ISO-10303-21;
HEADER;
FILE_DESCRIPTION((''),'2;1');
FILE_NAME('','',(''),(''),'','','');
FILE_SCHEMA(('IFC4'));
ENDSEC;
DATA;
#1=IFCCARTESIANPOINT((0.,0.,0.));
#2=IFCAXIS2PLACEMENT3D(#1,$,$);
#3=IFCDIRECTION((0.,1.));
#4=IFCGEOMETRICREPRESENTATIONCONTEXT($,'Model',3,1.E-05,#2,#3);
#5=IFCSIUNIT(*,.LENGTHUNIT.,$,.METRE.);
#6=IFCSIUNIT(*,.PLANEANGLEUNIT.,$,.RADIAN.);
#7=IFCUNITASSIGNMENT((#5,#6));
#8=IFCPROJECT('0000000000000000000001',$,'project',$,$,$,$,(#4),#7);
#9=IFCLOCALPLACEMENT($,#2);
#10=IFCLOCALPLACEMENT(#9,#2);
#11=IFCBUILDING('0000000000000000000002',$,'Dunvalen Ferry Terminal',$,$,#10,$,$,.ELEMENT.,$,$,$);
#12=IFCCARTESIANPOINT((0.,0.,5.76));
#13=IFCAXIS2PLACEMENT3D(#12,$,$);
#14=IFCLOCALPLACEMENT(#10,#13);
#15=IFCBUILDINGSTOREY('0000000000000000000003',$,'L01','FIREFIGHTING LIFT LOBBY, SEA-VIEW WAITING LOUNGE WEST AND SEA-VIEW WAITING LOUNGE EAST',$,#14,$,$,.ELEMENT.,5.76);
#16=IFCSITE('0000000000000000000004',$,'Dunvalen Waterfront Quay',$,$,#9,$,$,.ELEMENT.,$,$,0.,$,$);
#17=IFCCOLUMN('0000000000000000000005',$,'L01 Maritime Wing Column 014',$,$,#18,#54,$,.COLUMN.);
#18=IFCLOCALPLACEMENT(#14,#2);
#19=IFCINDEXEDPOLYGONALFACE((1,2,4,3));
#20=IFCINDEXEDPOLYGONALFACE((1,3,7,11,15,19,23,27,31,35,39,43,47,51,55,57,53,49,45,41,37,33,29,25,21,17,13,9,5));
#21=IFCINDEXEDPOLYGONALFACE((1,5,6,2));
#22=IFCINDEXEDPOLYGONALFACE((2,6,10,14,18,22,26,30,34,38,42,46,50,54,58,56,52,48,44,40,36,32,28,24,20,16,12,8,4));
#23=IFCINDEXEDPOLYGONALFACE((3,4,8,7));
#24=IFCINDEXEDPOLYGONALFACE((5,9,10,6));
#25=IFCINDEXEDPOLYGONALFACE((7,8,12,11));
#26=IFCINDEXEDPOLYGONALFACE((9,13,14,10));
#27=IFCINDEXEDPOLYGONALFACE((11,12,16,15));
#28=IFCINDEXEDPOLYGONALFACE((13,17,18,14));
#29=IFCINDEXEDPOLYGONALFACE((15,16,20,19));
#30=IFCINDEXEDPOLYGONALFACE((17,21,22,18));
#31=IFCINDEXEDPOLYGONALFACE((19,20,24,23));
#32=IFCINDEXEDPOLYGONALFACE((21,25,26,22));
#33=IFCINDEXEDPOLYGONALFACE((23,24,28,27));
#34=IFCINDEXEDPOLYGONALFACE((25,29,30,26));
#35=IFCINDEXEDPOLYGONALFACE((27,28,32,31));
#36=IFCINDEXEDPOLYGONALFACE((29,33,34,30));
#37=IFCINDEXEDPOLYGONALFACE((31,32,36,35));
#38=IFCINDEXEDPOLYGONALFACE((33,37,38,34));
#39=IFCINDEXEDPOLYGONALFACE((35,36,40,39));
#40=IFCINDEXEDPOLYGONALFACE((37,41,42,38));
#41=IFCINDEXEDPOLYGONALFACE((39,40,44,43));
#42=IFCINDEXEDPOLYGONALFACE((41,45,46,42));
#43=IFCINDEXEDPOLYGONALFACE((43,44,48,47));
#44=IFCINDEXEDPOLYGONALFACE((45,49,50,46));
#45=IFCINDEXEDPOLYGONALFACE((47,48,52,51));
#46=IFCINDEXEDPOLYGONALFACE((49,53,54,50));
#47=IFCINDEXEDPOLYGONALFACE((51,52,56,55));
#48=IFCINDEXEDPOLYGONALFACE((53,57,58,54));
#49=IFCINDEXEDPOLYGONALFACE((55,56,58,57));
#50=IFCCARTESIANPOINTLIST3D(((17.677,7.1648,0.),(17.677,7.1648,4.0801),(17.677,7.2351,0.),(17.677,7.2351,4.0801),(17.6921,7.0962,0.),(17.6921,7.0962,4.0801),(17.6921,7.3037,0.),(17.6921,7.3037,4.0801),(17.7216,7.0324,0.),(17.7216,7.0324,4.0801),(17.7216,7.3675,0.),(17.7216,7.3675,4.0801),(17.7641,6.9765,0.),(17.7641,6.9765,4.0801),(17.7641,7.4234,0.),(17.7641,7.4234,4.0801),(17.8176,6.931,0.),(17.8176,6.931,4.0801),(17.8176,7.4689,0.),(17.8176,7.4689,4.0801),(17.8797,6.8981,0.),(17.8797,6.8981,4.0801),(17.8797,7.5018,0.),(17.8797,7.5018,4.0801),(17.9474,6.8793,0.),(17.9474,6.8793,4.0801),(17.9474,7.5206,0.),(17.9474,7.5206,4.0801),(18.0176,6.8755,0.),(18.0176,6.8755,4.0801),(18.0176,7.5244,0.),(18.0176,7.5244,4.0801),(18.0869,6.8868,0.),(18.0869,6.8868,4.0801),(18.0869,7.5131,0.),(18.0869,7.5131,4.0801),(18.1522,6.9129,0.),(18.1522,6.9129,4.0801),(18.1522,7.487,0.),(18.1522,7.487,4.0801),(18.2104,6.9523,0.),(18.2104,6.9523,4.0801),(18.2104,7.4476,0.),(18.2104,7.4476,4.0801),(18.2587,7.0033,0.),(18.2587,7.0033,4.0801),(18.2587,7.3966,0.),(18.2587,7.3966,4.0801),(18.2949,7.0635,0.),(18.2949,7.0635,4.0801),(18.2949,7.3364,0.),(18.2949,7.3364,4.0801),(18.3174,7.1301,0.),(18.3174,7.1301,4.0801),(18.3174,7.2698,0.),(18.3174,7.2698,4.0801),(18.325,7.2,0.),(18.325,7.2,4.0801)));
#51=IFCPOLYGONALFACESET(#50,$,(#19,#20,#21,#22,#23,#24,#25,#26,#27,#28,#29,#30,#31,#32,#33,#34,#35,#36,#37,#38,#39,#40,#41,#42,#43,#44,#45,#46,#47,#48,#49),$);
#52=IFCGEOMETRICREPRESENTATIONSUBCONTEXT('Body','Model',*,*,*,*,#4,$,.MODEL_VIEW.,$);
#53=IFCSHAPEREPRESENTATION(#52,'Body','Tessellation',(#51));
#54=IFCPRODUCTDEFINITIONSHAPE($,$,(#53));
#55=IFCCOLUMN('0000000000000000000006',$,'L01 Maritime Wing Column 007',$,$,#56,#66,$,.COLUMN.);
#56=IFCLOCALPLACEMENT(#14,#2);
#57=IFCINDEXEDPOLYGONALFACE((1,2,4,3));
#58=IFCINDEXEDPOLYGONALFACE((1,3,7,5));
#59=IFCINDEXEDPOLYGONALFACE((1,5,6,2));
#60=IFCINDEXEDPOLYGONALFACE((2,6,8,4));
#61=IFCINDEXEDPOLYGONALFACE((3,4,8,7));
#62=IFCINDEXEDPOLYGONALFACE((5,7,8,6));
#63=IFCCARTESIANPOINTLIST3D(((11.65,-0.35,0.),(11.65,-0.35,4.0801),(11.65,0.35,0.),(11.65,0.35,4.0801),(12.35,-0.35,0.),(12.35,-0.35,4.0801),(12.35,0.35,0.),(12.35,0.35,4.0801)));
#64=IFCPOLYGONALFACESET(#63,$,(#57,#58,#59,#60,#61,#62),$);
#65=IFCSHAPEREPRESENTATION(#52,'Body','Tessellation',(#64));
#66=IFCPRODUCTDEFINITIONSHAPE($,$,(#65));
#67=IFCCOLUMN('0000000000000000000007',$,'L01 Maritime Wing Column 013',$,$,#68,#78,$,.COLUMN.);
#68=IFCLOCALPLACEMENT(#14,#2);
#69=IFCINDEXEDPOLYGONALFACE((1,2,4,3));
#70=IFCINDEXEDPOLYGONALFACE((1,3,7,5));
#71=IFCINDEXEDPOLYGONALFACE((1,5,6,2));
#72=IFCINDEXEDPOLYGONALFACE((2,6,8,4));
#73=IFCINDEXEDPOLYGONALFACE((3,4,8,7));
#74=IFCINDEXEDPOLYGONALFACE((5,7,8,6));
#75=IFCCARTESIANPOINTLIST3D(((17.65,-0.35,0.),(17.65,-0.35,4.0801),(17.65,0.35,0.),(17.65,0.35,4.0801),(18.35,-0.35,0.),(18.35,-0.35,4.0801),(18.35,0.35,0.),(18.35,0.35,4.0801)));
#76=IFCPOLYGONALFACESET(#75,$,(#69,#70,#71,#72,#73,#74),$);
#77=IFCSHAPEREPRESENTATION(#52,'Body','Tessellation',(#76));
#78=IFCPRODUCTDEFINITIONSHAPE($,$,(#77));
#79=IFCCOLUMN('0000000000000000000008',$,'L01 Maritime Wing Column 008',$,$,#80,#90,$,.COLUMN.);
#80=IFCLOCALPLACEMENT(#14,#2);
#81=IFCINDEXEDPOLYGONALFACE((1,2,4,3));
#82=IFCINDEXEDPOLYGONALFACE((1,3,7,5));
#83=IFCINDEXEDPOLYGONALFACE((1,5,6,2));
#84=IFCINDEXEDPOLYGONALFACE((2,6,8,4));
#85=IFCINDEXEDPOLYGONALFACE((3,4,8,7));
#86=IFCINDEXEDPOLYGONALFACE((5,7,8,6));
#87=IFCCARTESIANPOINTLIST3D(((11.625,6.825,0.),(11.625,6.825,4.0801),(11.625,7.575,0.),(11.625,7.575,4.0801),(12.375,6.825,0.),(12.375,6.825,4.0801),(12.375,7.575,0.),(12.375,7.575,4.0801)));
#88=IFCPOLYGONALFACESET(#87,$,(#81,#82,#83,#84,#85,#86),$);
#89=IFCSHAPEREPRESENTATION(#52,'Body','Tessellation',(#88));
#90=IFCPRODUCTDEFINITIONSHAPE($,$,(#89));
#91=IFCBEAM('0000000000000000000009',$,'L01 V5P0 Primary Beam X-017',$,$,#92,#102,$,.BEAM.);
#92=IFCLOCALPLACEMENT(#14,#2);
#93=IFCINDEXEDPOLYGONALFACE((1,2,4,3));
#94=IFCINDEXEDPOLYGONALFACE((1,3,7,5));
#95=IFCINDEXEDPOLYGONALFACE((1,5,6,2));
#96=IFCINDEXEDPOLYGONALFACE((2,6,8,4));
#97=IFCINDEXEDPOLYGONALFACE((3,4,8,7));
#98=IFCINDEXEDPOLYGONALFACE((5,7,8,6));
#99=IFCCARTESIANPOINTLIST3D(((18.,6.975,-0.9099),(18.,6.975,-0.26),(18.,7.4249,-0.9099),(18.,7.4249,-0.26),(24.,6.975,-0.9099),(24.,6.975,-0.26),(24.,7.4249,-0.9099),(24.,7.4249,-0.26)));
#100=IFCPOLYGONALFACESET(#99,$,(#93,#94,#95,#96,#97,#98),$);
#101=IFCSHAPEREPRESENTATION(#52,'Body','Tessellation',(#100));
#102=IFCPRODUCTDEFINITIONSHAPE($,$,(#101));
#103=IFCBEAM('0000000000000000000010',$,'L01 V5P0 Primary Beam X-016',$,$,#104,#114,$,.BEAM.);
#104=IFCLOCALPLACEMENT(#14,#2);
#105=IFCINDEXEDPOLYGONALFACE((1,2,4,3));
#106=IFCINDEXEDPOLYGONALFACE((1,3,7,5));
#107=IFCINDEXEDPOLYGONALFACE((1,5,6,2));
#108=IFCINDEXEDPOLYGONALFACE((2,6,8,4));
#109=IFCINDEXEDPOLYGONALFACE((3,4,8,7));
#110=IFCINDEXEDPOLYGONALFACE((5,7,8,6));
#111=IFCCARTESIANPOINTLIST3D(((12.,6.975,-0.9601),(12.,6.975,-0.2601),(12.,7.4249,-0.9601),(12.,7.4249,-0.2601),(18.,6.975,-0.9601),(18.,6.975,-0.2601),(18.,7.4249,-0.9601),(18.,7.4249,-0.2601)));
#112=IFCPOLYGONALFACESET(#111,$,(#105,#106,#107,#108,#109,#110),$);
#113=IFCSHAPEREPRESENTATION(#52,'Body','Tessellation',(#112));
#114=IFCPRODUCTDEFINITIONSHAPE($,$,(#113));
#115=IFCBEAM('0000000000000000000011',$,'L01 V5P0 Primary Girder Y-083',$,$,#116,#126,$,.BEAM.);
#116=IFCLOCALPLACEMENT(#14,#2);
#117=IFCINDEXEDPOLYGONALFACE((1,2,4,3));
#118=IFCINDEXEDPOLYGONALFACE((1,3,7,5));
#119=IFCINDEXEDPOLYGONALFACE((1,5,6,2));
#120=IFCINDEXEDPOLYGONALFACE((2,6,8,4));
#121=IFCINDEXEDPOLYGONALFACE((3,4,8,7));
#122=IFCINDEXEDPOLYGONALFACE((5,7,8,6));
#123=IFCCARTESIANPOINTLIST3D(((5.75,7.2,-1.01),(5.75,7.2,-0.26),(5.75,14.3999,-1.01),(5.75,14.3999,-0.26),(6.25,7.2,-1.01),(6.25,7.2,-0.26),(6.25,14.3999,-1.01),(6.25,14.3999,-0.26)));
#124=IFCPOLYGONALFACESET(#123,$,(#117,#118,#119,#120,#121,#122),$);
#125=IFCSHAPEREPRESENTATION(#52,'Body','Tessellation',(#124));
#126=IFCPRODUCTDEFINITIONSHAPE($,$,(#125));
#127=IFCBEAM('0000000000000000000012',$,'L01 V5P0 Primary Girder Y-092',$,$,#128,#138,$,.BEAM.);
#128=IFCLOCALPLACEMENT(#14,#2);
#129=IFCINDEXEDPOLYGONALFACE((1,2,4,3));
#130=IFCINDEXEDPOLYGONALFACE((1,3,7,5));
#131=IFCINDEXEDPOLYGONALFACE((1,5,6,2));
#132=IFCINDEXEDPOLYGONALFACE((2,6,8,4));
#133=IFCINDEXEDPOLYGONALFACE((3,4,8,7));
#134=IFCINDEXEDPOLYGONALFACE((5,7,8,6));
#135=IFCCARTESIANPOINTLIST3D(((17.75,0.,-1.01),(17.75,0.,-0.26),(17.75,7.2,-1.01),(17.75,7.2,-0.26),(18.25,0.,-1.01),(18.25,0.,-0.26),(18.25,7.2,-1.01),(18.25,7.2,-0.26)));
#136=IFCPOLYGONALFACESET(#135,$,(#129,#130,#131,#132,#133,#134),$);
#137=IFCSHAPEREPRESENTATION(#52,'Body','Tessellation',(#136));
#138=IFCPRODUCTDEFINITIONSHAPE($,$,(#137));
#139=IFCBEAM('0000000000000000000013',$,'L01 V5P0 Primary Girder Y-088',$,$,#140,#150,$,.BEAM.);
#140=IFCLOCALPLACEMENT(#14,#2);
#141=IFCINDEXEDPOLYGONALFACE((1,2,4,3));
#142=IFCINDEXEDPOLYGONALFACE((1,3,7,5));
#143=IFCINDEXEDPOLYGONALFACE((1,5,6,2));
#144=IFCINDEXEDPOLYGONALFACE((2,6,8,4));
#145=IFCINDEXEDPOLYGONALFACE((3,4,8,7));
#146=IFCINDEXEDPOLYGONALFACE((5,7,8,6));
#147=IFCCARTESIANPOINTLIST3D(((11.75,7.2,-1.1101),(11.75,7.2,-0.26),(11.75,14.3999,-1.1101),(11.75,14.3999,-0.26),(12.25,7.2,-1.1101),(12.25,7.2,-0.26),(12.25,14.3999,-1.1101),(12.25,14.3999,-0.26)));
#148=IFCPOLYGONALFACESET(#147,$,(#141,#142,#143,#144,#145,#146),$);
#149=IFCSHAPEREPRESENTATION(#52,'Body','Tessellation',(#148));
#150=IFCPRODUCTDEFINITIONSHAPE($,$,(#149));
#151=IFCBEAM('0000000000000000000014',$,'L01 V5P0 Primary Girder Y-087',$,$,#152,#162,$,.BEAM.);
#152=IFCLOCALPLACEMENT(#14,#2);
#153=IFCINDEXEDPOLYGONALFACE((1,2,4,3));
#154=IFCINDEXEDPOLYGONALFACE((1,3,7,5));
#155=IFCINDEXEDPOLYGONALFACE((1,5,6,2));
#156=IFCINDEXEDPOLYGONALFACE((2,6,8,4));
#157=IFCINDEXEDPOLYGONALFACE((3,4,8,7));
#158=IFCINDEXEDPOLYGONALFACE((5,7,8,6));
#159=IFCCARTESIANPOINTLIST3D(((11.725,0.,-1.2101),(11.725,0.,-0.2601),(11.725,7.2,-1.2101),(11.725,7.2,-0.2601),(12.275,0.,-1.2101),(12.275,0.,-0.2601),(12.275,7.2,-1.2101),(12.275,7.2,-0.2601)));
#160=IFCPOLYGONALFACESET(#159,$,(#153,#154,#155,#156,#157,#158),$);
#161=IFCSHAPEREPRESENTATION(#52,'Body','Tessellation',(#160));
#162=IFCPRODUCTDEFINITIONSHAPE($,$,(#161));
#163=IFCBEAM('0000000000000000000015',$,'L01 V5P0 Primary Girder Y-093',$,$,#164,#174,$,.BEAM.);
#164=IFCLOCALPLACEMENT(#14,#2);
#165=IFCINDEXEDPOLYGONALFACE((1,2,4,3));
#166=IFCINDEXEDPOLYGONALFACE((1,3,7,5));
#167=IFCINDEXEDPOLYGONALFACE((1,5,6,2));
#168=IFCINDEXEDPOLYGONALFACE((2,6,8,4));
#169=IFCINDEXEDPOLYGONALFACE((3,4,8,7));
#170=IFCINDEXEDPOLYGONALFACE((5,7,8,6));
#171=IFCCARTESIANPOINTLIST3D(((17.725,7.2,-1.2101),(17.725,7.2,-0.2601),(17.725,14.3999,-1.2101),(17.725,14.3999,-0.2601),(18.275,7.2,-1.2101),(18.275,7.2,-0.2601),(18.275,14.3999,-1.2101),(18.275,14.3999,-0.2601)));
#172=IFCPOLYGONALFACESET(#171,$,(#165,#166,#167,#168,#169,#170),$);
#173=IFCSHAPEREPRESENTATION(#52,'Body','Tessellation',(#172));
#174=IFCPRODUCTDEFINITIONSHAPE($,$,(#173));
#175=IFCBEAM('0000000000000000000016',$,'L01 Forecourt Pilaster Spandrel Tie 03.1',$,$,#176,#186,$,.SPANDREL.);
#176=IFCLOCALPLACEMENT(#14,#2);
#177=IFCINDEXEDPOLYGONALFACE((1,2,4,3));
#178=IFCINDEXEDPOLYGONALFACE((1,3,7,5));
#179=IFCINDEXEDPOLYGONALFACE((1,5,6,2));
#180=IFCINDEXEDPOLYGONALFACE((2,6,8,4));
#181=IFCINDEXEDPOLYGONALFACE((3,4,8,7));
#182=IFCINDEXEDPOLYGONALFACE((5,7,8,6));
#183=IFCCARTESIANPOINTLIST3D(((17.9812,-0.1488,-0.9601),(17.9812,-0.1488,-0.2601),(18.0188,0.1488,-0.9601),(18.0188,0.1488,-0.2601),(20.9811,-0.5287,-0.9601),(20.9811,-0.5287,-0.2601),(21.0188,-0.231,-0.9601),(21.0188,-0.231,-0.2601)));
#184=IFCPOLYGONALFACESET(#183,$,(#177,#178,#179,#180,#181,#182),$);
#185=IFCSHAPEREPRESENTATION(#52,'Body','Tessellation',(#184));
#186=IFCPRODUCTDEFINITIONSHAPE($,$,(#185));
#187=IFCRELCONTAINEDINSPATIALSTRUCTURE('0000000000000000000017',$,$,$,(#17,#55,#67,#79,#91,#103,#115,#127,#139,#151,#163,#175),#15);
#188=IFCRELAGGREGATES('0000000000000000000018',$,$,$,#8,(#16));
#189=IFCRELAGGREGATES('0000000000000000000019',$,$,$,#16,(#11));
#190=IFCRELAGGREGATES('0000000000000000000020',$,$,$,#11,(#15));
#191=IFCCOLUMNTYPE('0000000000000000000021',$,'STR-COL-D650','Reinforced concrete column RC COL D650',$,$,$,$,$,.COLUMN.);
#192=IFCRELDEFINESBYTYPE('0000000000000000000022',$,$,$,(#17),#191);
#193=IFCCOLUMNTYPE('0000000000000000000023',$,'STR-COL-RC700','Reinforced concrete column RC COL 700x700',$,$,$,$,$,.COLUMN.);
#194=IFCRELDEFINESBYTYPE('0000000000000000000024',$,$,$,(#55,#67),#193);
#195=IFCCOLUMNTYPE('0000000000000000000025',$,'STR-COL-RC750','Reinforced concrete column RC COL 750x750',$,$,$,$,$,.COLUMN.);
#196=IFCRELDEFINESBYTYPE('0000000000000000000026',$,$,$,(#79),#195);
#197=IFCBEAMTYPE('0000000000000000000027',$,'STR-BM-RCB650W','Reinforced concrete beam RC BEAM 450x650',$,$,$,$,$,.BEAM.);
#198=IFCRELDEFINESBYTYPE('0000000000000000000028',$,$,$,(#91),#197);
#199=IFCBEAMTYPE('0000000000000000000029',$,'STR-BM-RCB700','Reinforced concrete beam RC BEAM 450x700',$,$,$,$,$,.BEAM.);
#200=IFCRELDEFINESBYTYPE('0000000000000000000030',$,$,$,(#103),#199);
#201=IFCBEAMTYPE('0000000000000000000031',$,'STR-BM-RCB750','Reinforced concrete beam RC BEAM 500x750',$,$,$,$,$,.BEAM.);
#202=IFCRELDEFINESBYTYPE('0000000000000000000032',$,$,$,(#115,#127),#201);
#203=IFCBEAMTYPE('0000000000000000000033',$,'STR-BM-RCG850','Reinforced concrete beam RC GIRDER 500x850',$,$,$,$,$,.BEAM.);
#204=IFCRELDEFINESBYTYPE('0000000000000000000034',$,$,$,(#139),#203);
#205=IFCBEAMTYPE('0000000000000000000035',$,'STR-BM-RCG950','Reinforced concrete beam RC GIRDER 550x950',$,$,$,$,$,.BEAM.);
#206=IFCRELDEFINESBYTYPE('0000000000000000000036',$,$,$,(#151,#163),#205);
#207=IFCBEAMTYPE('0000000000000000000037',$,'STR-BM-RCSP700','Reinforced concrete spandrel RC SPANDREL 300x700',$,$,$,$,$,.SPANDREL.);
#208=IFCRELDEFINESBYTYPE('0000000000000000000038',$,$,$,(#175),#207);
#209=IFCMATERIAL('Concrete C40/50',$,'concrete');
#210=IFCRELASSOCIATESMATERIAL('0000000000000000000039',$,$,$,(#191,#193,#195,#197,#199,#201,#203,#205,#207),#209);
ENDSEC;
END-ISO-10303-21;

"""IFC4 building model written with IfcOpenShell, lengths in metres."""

from ifc_helpers import new_model, si_unit, direction, frame, origin, origin_2d, place, context, subcontext, project, spatial, rectangle, circle, extrude, material, material_profile, profile_set, type_object, element, save


model = new_model("IFC4")

# Units and contexts
model_context = context("Model", 3, precision=1e-05, world=origin(), true_north=direction((0.0, 1.0)))
body_context = subcontext(model_context, "Body", "Model", "MODEL_VIEW")
ifc_project = project(units=[si_unit("LENGTHUNIT", "METRE"), si_unit("PLANEANGLEUNIT", "RADIAN")], contexts=[model_context])

# Site, building, storey
site_placement = place(None, origin())
site = spatial("IfcSite", under=ifc_project, at=site_placement, Name="Dunvalen Waterfront Quay", CompositionType="ELEMENT", RefElevation=0.0)
building_placement = place(site_placement, origin())
building = spatial("IfcBuilding", under=site, at=building_placement, Name="Dunvalen Ferry Terminal", CompositionType="ELEMENT")
storey_placement = place(building_placement, frame((0.0, 0.0, 5.76)))
storey = spatial("IfcBuildingStorey", under=building, at=storey_placement, Name="L01", Description="FIREFIGHTING LIFT LOBBY, SEA-VIEW WAITING LOUNGE WEST AND SEA-VIEW WAITING LOUNGE EAST", CompositionType="ELEMENT", Elevation=5.76)

# Columns
ifc_material_1 = material(Name="Concrete C40/50", Category="concrete")
ifc_material_profile_1 = material_profile(ifc_material_1, circle(Radius=0.325, at=origin_2d()), Name="Concrete C40/50")
ifc_profile_set_1 = profile_set([ifc_material_profile_1], Name="Concrete C40/50")
column_type_1 = type_object("IfcColumnType", Name="STR-COL-D650", Description="Reinforced concrete column RC COL D650", PredefinedType="COLUMN", material=ifc_profile_set_1)
column_1_placement = place(storey_placement, frame((18.0, 7.2, 0.0), z_axis=(0.0, 0.0, 1.0), x_axis=(1.0, 0.0, 0.0)))
element("IfcColumn", 1, at=column_1_placement, inside=storey, type_object=column_type_1, Name="L01 Maritime Wing Column 014", PredefinedType="COLUMN", context=body_context, shape_type="SweptSolid", body=[
    extrude(circle(Radius=0.325, at=origin_2d()), origin(), (0.0, 0.0, 1.0), 4.0801),
])
ifc_material_profile_2 = material_profile(ifc_material_1, rectangle(XDim=0.7, YDim=0.7, at=origin_2d()), Name="Concrete C40/50")
ifc_profile_set_2 = profile_set([ifc_material_profile_2], Name="Concrete C40/50")
column_type_2 = type_object("IfcColumnType", Name="STR-COL-RC700", Description="Reinforced concrete column RC COL 700x700", PredefinedType="COLUMN", material=ifc_profile_set_2)
for number, where, z_axis, x_axis, name in (
    (2, (12.0, 0.0, 0.0), (0.0, 0.0, 1.0), (1.0, 0.0, 0.0), "L01 Maritime Wing Column 007"),
    (3, (18.0, 0.0, 0.0), (0.0, 0.0, 1.0), (1.0, 0.0, 0.0), "L01 Maritime Wing Column 013"),
):
    element("IfcColumn", number, at=place(storey_placement, frame(where, z_axis=z_axis, x_axis=x_axis)), inside=storey, type_object=column_type_2, Name=name, PredefinedType="COLUMN", context=body_context, shape_type="SweptSolid", body=[
        extrude(rectangle(XDim=0.7, YDim=0.7, at=origin_2d()), origin(), (0.0, 0.0, 1.0), 4.0801),
    ])
ifc_material_profile_3 = material_profile(ifc_material_1, rectangle(XDim=0.75, YDim=0.75, at=origin_2d()), Name="Concrete C40/50")
ifc_profile_set_3 = profile_set([ifc_material_profile_3], Name="Concrete C40/50")
column_type_3 = type_object("IfcColumnType", Name="STR-COL-RC750", Description="Reinforced concrete column RC COL 750x750", PredefinedType="COLUMN", material=ifc_profile_set_3)
column_2_placement = place(storey_placement, frame((12.0, 7.2, 0.0), z_axis=(0.0, 0.0, 1.0), x_axis=(1.0, 0.0, 0.0)))
element("IfcColumn", 4, at=column_2_placement, inside=storey, type_object=column_type_3, Name="L01 Maritime Wing Column 008", PredefinedType="COLUMN", context=body_context, shape_type="SweptSolid", body=[
    extrude(rectangle(XDim=0.75, YDim=0.75, at=origin_2d()), origin(), (0.0, 0.0, 1.0), 4.0801),
])

# Beams
ifc_material_profile_4 = material_profile(ifc_material_1, rectangle(XDim=0.45, YDim=0.6499, at=origin_2d()), Name="Concrete C40/50")
ifc_profile_set_4 = profile_set([ifc_material_profile_4], Name="Concrete C40/50")
beam_type_1 = type_object("IfcBeamType", Name="STR-BM-RCB650W", Description="Reinforced concrete beam RC BEAM 450x650", PredefinedType="BEAM", material=ifc_profile_set_4)
beam_1_placement = place(storey_placement, frame((18.0, 7.2, -0.585), z_axis=(1.0, 0.0, 0.0), x_axis=(0.0, 1.0, 0.0)))
element("IfcBeam", 5, at=beam_1_placement, inside=storey, type_object=beam_type_1, Name="L01 V5P0 Primary Beam X-017", PredefinedType="BEAM", context=body_context, shape_type="SweptSolid", body=[
    extrude(rectangle(XDim=0.45, YDim=0.6499, at=origin_2d()), origin(), (0.0, 0.0, 1.0), 6.0),
])
ifc_material_profile_5 = material_profile(ifc_material_1, rectangle(XDim=0.45, YDim=0.7, at=origin_2d()), Name="Concrete C40/50")
ifc_profile_set_5 = profile_set([ifc_material_profile_5], Name="Concrete C40/50")
beam_type_2 = type_object("IfcBeamType", Name="STR-BM-RCB700", Description="Reinforced concrete beam RC BEAM 450x700", PredefinedType="BEAM", material=ifc_profile_set_5)
beam_2_placement = place(storey_placement, frame((12.0, 7.2, -0.6101), z_axis=(1.0, 0.0, 0.0), x_axis=(0.0, 1.0, 0.0)))
element("IfcBeam", 6, at=beam_2_placement, inside=storey, type_object=beam_type_2, Name="L01 V5P0 Primary Beam X-016", PredefinedType="BEAM", context=body_context, shape_type="SweptSolid", body=[
    extrude(rectangle(XDim=0.45, YDim=0.7, at=origin_2d()), origin(), (0.0, 0.0, 1.0), 6.0),
])
ifc_material_profile_6 = material_profile(ifc_material_1, rectangle(XDim=0.5, YDim=0.75, at=origin_2d()), Name="Concrete C40/50")
ifc_profile_set_6 = profile_set([ifc_material_profile_6], Name="Concrete C40/50")
beam_type_3 = type_object("IfcBeamType", Name="STR-BM-RCB750", Description="Reinforced concrete beam RC BEAM 500x750", PredefinedType="BEAM", material=ifc_profile_set_6)
for number, where, z_axis, x_axis, name in (
    (7, (6.0, 7.2, -0.635), (0.0, 1.0, 0.0), (-1.0, 0.0, 0.0), "L01 V5P0 Primary Girder Y-083"),
    (8, (18.0, 0.0, -0.635), (0.0, 1.0, 0.0), (-1.0, 0.0, 0.0), "L01 V5P0 Primary Girder Y-092"),
):
    element("IfcBeam", number, at=place(storey_placement, frame(where, z_axis=z_axis, x_axis=x_axis)), inside=storey, type_object=beam_type_3, Name=name, PredefinedType="BEAM", context=body_context, shape_type="SweptSolid", body=[
        extrude(rectangle(XDim=0.5, YDim=0.75, at=origin_2d()), origin(), (0.0, 0.0, 1.0), 7.2),
    ])
ifc_material_profile_7 = material_profile(ifc_material_1, rectangle(XDim=0.5, YDim=0.8501, at=origin_2d()), Name="Concrete C40/50")
ifc_profile_set_7 = profile_set([ifc_material_profile_7], Name="Concrete C40/50")
beam_type_4 = type_object("IfcBeamType", Name="STR-BM-RCG850", Description="Reinforced concrete beam RC GIRDER 500x850", PredefinedType="BEAM", material=ifc_profile_set_7)
beam_3_placement = place(storey_placement, frame((12.0, 7.2, -0.6851), z_axis=(0.0, 1.0, 0.0), x_axis=(-1.0, 0.0, 0.0)))
element("IfcBeam", 9, at=beam_3_placement, inside=storey, type_object=beam_type_4, Name="L01 V5P0 Primary Girder Y-088", PredefinedType="BEAM", context=body_context, shape_type="SweptSolid", body=[
    extrude(rectangle(XDim=0.5, YDim=0.8501, at=origin_2d()), origin(), (0.0, 0.0, 1.0), 7.2),
])
ifc_material_profile_8 = material_profile(ifc_material_1, rectangle(XDim=0.55, YDim=0.95, at=origin_2d()), Name="Concrete C40/50")
ifc_profile_set_8 = profile_set([ifc_material_profile_8], Name="Concrete C40/50")
beam_type_5 = type_object("IfcBeamType", Name="STR-BM-RCG950", Description="Reinforced concrete beam RC GIRDER 550x950", PredefinedType="BEAM", material=ifc_profile_set_8)
for number, where, z_axis, x_axis, name in (
    (10, (12.0, 0.0, -0.7351), (0.0, 1.0, 0.0), (-1.0, 0.0, 0.0), "L01 V5P0 Primary Girder Y-087"),
    (11, (18.0, 7.2, -0.7351), (0.0, 1.0, 0.0), (-1.0, 0.0, 0.0), "L01 V5P0 Primary Girder Y-093"),
):
    element("IfcBeam", number, at=place(storey_placement, frame(where, z_axis=z_axis, x_axis=x_axis)), inside=storey, type_object=beam_type_5, Name=name, PredefinedType="BEAM", context=body_context, shape_type="SweptSolid", body=[
        extrude(rectangle(XDim=0.55, YDim=0.95, at=origin_2d()), origin(), (0.0, 0.0, 1.0), 7.2),
    ])
ifc_material_profile_9 = material_profile(ifc_material_1, rectangle(XDim=0.3, YDim=0.7, at=origin_2d()), Name="Concrete C40/50")
ifc_profile_set_9 = profile_set([ifc_material_profile_9], Name="Concrete C40/50")
beam_type_6 = type_object("IfcBeamType", Name="STR-BM-RCSP700", Description="Reinforced concrete spandrel RC SPANDREL 300x700", PredefinedType="SPANDREL", material=ifc_profile_set_9)
beam_4_placement = place(storey_placement, frame((18.0, 0.0, -0.6101), z_axis=(0.992078, -0.125624, 0.0), x_axis=(0.125624, 0.992078, 0.0)))
element("IfcBeam", 12, at=beam_4_placement, inside=storey, type_object=beam_type_6, Name="L01 Forecourt Pilaster Spandrel Tie 03.1", PredefinedType="SPANDREL", context=body_context, shape_type="SweptSolid", body=[
    extrude(rectangle(XDim=0.3, YDim=0.7, at=origin_2d()), origin(), (0.0, 0.0, 1.0), 3.0239),
])

save(model, "model.ifc")
